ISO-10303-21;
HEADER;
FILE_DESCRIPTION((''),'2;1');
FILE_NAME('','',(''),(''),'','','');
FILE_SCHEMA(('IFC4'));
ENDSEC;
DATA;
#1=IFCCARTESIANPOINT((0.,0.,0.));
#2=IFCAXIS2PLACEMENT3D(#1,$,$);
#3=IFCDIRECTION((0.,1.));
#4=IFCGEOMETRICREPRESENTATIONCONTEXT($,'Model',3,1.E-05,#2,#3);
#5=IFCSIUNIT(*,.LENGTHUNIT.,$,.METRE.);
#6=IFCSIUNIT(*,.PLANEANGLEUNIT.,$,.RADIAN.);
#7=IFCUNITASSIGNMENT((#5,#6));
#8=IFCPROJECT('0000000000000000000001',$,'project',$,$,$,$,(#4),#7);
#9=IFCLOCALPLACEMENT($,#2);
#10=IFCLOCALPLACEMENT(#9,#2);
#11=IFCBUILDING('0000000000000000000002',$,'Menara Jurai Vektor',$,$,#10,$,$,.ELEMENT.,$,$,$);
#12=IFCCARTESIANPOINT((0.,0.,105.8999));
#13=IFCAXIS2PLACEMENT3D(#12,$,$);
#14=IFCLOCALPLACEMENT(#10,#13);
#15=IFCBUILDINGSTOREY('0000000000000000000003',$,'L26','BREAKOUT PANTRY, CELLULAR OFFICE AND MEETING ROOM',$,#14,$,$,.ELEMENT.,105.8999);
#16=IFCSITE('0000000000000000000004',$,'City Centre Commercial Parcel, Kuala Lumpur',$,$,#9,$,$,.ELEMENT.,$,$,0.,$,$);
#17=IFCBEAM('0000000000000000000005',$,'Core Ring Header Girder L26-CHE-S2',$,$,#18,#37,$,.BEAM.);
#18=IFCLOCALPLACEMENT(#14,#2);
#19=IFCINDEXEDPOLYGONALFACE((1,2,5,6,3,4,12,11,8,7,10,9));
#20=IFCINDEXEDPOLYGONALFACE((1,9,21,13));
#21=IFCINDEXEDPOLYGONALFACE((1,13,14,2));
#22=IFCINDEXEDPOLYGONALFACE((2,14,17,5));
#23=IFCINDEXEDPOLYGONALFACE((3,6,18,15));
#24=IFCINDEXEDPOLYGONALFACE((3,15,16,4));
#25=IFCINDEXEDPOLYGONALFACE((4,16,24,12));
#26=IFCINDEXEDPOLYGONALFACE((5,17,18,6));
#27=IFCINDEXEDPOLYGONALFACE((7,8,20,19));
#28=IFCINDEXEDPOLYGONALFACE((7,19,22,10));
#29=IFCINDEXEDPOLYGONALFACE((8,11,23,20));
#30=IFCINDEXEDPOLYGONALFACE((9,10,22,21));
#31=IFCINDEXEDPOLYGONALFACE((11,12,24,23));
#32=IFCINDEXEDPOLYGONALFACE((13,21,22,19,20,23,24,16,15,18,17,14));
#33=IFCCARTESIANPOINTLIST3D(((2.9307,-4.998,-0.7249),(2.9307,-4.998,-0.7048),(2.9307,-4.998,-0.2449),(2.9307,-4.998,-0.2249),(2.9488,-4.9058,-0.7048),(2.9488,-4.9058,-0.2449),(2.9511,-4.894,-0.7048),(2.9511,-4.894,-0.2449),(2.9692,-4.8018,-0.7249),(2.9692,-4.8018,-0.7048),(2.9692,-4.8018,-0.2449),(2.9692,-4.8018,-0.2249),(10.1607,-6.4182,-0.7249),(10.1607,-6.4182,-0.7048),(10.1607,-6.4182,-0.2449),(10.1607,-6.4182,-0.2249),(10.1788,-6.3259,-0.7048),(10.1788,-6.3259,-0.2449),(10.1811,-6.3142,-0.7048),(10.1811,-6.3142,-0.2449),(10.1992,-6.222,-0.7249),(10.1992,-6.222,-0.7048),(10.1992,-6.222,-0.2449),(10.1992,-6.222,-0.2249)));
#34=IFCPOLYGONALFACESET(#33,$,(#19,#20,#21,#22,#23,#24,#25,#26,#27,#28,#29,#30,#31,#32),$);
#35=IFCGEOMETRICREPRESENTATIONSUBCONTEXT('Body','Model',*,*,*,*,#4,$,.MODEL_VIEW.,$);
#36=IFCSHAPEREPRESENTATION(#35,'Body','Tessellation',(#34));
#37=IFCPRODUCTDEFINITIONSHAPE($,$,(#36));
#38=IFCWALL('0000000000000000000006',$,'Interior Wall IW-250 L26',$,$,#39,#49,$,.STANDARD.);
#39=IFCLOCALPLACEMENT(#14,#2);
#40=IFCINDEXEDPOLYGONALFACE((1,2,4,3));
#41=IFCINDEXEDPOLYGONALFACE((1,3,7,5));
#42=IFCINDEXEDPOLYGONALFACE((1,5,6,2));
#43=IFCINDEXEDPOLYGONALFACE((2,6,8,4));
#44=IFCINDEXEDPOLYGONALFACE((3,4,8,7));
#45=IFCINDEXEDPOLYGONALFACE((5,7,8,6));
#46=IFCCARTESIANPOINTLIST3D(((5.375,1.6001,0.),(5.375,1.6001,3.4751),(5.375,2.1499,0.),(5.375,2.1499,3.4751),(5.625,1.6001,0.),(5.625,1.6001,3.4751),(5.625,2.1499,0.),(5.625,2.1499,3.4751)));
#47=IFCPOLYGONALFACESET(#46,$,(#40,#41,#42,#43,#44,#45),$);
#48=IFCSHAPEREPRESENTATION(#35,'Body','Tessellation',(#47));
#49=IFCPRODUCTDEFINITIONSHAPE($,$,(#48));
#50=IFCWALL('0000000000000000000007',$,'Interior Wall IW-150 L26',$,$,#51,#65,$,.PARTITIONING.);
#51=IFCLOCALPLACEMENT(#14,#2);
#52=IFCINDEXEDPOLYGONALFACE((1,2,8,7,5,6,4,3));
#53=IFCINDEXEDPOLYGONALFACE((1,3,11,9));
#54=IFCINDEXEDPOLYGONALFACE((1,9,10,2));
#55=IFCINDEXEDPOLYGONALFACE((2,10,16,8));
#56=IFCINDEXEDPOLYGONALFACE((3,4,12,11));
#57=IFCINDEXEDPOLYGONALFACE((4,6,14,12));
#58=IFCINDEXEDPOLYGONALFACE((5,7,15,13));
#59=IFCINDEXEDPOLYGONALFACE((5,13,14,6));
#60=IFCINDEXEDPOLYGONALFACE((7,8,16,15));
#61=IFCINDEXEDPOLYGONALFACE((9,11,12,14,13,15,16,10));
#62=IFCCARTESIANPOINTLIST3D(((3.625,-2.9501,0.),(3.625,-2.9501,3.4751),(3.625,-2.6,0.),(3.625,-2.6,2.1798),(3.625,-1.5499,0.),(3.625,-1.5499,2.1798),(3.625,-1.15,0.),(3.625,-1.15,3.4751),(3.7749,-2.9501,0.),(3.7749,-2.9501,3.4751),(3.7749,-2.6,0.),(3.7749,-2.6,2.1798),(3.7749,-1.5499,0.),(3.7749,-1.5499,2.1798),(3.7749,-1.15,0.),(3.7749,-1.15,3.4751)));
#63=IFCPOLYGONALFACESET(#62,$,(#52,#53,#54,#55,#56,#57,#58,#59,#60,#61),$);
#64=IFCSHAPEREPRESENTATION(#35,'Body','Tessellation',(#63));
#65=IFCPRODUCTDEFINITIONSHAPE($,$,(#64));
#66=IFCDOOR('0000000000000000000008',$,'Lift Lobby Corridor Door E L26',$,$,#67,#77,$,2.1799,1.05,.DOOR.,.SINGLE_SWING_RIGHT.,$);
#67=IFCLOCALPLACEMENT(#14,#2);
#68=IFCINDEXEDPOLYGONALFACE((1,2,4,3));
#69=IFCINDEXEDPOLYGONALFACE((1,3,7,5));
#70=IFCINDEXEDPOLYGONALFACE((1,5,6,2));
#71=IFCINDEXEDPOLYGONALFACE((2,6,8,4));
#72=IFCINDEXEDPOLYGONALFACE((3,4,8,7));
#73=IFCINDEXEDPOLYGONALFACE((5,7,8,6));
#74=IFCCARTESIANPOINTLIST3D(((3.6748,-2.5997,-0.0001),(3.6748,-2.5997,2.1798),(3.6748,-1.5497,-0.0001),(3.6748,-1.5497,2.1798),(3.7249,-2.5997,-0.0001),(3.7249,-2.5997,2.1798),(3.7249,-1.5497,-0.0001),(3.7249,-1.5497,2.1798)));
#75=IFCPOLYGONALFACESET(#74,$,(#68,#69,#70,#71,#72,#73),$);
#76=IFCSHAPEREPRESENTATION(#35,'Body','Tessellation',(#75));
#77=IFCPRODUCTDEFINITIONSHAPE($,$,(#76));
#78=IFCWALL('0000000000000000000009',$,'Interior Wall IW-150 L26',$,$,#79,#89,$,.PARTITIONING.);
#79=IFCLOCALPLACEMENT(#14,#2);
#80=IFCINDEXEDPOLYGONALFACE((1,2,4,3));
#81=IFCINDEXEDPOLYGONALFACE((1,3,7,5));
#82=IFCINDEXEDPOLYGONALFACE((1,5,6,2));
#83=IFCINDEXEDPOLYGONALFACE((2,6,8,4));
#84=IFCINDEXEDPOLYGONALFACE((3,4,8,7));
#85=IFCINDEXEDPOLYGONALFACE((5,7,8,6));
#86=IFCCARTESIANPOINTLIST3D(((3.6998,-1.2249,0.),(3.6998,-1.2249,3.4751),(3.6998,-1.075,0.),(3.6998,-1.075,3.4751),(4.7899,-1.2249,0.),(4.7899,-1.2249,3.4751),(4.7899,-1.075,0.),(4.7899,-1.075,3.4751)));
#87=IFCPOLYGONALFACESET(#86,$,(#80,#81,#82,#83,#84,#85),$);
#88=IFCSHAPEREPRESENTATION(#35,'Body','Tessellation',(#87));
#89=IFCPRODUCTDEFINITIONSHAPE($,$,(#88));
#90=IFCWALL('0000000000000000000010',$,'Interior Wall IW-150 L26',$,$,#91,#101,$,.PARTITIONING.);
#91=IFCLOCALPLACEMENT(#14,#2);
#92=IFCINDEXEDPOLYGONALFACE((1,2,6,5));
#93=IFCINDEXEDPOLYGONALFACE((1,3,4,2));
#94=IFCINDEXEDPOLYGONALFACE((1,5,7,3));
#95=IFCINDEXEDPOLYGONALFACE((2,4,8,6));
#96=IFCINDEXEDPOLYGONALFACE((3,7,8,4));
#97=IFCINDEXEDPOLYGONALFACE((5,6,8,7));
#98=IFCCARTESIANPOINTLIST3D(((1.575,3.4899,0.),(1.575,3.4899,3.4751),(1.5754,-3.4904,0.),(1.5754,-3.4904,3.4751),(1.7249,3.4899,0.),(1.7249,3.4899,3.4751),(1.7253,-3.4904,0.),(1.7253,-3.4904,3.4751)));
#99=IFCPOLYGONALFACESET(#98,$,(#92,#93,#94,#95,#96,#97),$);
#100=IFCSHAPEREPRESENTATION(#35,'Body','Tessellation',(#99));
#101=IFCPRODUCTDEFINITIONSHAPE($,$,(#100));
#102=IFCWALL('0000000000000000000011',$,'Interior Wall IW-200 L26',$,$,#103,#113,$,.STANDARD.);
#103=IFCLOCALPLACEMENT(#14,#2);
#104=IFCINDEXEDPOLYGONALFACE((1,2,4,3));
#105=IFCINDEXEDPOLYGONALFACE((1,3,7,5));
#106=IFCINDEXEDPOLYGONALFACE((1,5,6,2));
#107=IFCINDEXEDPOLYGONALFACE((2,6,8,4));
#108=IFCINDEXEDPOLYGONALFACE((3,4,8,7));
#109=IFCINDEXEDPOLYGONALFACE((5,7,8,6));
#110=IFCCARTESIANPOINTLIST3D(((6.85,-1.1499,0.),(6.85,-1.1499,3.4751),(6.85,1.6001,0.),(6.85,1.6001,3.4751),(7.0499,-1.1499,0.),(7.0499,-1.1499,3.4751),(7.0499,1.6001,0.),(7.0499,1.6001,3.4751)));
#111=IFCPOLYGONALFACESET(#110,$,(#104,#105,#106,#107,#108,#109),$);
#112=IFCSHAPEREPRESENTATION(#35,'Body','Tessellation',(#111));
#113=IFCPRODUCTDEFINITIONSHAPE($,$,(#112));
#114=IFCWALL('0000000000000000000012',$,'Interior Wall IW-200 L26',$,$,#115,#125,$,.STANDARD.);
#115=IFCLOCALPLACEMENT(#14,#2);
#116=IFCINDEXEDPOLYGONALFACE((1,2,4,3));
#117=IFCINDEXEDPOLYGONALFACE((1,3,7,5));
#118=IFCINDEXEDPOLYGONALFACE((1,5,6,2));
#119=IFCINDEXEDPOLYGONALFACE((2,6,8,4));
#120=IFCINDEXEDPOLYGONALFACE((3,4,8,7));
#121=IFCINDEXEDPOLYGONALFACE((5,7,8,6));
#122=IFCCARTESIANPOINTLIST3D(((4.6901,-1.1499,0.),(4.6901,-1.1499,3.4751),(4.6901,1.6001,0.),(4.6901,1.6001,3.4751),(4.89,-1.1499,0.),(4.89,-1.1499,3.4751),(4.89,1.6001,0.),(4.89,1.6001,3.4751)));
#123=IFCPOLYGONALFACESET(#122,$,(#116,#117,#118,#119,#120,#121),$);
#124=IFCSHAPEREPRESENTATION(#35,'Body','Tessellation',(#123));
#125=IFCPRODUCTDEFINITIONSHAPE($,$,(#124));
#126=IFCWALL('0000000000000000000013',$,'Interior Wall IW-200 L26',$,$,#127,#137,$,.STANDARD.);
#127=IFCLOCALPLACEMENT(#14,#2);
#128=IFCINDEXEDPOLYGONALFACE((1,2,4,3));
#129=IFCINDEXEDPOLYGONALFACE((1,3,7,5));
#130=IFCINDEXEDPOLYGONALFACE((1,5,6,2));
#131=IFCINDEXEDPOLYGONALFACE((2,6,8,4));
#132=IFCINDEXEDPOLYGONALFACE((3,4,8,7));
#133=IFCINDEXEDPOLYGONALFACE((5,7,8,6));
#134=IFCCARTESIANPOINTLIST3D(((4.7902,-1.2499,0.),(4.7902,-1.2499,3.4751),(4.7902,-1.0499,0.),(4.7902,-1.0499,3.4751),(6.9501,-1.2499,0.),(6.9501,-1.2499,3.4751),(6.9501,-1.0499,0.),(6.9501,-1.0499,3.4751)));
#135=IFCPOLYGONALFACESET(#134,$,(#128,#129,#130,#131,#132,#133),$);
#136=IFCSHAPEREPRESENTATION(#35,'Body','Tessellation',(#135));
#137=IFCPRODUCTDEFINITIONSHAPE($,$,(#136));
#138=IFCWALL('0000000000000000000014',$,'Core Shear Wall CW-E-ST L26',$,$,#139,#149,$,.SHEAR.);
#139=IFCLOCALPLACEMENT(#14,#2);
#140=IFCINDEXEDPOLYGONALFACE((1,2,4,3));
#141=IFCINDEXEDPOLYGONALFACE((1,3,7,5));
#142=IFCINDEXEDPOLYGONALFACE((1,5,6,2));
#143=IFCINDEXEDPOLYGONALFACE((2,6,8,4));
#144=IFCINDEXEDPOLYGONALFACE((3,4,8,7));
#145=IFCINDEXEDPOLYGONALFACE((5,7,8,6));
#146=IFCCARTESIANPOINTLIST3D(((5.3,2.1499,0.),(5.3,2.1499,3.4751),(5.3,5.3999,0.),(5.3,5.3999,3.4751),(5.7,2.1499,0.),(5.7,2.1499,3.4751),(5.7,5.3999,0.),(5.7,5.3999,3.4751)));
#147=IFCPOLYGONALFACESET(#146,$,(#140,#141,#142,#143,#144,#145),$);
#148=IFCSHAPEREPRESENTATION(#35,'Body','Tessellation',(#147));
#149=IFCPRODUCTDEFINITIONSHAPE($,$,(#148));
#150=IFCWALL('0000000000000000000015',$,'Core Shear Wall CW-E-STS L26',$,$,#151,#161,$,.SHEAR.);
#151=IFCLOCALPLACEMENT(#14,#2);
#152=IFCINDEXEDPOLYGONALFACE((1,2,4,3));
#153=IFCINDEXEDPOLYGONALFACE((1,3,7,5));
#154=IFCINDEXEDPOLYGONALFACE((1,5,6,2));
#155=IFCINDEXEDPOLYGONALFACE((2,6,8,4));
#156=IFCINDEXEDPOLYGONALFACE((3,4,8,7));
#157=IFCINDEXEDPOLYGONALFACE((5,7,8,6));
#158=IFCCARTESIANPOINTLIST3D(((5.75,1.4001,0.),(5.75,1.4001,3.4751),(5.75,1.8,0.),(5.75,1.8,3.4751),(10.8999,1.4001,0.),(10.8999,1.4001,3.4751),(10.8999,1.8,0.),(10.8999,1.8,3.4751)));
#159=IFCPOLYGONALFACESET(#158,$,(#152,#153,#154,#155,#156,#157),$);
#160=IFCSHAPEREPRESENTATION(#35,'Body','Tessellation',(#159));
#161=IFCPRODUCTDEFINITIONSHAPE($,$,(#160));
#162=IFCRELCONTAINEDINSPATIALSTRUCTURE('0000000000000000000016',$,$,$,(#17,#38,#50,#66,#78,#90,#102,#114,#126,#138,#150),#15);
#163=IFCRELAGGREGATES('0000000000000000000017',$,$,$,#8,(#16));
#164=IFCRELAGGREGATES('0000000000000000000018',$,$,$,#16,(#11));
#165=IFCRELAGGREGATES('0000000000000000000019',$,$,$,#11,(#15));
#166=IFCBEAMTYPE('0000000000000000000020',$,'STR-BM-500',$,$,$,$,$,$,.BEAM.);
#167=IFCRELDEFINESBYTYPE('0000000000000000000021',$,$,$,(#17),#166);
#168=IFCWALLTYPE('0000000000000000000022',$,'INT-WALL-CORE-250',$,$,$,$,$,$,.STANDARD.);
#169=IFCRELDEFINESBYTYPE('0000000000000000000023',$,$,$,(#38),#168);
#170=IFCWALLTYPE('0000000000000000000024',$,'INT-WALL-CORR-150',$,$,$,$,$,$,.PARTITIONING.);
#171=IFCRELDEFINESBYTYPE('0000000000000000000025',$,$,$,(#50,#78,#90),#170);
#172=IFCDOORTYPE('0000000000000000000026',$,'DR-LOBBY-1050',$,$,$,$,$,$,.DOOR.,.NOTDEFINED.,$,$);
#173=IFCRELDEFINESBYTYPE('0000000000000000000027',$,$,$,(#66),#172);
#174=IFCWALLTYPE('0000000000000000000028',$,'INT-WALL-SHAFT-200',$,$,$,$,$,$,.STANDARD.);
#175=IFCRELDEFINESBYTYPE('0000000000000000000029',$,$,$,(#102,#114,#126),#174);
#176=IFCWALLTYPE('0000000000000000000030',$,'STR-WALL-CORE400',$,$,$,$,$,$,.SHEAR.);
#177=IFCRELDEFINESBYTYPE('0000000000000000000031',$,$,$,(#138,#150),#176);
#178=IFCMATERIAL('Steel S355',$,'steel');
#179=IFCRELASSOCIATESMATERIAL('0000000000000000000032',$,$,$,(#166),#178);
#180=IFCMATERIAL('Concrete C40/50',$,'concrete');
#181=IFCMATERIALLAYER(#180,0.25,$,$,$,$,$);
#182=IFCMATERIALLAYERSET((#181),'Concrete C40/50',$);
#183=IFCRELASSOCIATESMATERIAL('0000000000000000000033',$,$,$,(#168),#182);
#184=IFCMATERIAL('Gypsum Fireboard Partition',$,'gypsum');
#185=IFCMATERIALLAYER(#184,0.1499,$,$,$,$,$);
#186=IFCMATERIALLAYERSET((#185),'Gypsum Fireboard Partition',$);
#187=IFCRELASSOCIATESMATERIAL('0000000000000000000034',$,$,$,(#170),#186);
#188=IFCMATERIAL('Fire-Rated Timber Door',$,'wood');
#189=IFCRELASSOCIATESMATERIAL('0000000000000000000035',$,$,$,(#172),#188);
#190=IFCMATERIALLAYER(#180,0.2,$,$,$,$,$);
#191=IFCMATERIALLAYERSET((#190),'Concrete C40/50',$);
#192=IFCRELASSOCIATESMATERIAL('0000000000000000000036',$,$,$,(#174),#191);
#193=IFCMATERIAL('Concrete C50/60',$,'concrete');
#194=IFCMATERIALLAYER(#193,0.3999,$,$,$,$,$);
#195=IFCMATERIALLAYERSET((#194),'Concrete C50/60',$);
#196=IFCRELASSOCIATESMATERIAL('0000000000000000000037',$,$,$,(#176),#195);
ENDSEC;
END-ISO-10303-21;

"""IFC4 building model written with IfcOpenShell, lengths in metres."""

from ifc_helpers import new_model, si_unit, direction, frame, frame_2d, origin, origin_2d, place, context, subcontext, project, spatial, rectangle, i_section, extrude, material, layer, layer_set, material_profile, profile_set, type_object, element, fill, save


model = new_model("IFC4")

# Units and contexts
model_context = context("Model", 3, precision=1e-05, world=origin(), true_north=direction((0.0, 1.0)))
body_context = subcontext(model_context, "Body", "Model", "MODEL_VIEW")
ifc_project = project(units=[si_unit("LENGTHUNIT", "METRE"), si_unit("PLANEANGLEUNIT", "RADIAN")], contexts=[model_context])

# Site, building, storey
site_placement = place(None, origin())
site = spatial("IfcSite", under=ifc_project, at=site_placement, Name="City Centre Commercial Parcel, Kuala Lumpur", CompositionType="ELEMENT", RefElevation=0.0)
building_placement = place(site_placement, origin())
building = spatial("IfcBuilding", under=site, at=building_placement, Name="Menara Jurai Vektor", CompositionType="ELEMENT")
storey_placement = place(building_placement, frame((0.0, 0.0, 105.8999)))
storey = spatial("IfcBuildingStorey", under=building, at=storey_placement, Name="L26", Description="BREAKOUT PANTRY, CELLULAR OFFICE AND MEETING ROOM", CompositionType="ELEMENT", Elevation=105.8999)

# Beam
ifc_material_1 = material(Name="Steel S355", Category="steel")
ifc_material_profile = material_profile(ifc_material_1, i_section(OverallWidth=0.2, OverallDepth=0.5, WebThickness=0.012, FlangeThickness=0.02, at=origin_2d()), Name="PG 500x200x96")
ifc_profile_set = profile_set([ifc_material_profile], Name="Steel S355")
beam_type = type_object("IfcBeamType", Name="STR-BM-500", PredefinedType="BEAM", material=ifc_profile_set)
beam_placement = place(storey_placement, frame((2.95, -4.8999, -0.4749), z_axis=(0.981249, -0.192744, 0.0), x_axis=(0.192744, 0.981249, 0.0)))
element("IfcBeam", 1, at=beam_placement, inside=storey, type_object=beam_type, Name="Core Ring Header Girder L26-CHE-S2", PredefinedType="BEAM", context=body_context, shape_type="SweptSolid", body=[
    extrude(i_section(OverallWidth=0.2, OverallDepth=0.5, WebThickness=0.012, FlangeThickness=0.02, at=origin_2d()), origin(), (0.0, 0.0, 1.0), 7.3682),
])

# Wall
ifc_material_2 = material(Name="Concrete C40/50", Category="concrete")
ifc_layer_1 = layer(ifc_material_2, 0.25)
ifc_layer_set_1 = layer_set([ifc_layer_1], Name="Concrete C40/50")
wall_type_1 = type_object("IfcWallType", Name="INT-WALL-CORE-250", PredefinedType="STANDARD", material=ifc_layer_set_1)
wall_1_placement = place(storey_placement, frame((5.5, 1.6001, 0.0), z_axis=(0.0, 0.0, 1.0), x_axis=(0.0, 1.0, 0.0)))
element("IfcWall", 2, at=wall_1_placement, inside=storey, type_object=wall_type_1, Name="Interior Wall IW-250 L26", PredefinedType="STANDARD", context=body_context, shape_type="SweptSolid", body=[
    extrude(rectangle(XDim=0.5498, YDim=0.25, at=frame_2d((0.2749, 0.0))), origin(), (0.0, 0.0, 1.0), 3.4751),
])

# Wall, opening, door
ifc_material_3 = material(Name="Gypsum Fireboard Partition", Category="gypsum")
ifc_layer_2 = layer(ifc_material_3, 0.1499)
ifc_layer_set_2 = layer_set([ifc_layer_2], Name="Gypsum Fireboard Partition")
wall_type_2 = type_object("IfcWallType", Name="INT-WALL-CORR-150", PredefinedType="PARTITIONING", material=ifc_layer_set_2)
wall_2_placement = place(storey_placement, frame((3.7, -2.95, 0.0), z_axis=(0.0, 0.0, 1.0), x_axis=(0.0, 1.0, 0.0)))
wall_2 = element("IfcWall", 3, at=wall_2_placement, inside=storey, type_object=wall_type_2, Name="Interior Wall IW-150 L26", PredefinedType="PARTITIONING", context=body_context, shape_type="SweptSolid", body=[
    extrude(rectangle(XDim=1.8, YDim=0.1499, at=frame_2d((0.8999, 0.0))), origin(), (0.0, 0.0, 1.0), 3.4751),
])
opening_1_placement = place(wall_2_placement, frame((0.3501, 0.0, 0.0)))
opening_1 = element("IfcOpeningElement", 4, at=opening_1_placement, cuts=wall_2, PredefinedType="OPENING", context=body_context, shape_type="SweptSolid", body=[
    extrude(rectangle(XDim=1.05, YDim=2.1799, at=frame_2d((0.5249, 1.0898))), frame((0.0, 0.085, 0.0), z_axis=(0.0, -1.0, 0.0), x_axis=(1.0, 0.0, 0.0)), (0.0, 0.0, 1.0), 0.1699),
])
ifc_material_4 = material(Name="Fire-Rated Timber Door", Category="wood")
door_type_1 = type_object("IfcDoorType", Name="DR-LOBBY-1050", OperationType="NOTDEFINED", PredefinedType="DOOR", material=ifc_material_4)
door_1_placement = place(opening_1_placement, frame((1.05, 0.0, 0.0), z_axis=(0.0, 0.0, 1.0), x_axis=(-1.0, 0.0, 0.0)))
door_1 = element("IfcDoor", 5, at=door_1_placement, inside=storey, type_object=door_type_1, Name="Lift Lobby Corridor Door E L26", OperationType="SINGLE_SWING_RIGHT", OverallHeight=2.1799, OverallWidth=1.05, PredefinedType="DOOR", context=body_context, shape_type="SweptSolid", body=[
    extrude(rectangle(XDim=1.05, YDim=2.1799, at=frame_2d((0.5249, 1.0898))), frame((0.0, 0.0249, 0.0), z_axis=(0.0, -1.0, 0.0), x_axis=(1.0, 0.0, 0.0)), (0.0, 0.0, 1.0), 0.05),
])
fill(opening_1, door_1)

# Walls
wall_3_placement = place(storey_placement, frame((3.7, -1.1499, 0.0), z_axis=(0.0, 0.0, 1.0), x_axis=(1.0, 0.0, 0.0)))
element("IfcWall", 6, at=wall_3_placement, inside=storey, type_object=wall_type_2, Name="Interior Wall IW-150 L26", PredefinedType="PARTITIONING", context=body_context, shape_type="SweptSolid", body=[
    extrude(rectangle(XDim=1.0901, YDim=0.1499, at=frame_2d((0.5449, 0.0))), origin(), (0.0, 0.0, 1.0), 3.4751),
])
wall_4_placement = place(storey_placement, frame((1.6504, -3.4905, 0.0), z_axis=(0.0, 0.0, 1.0), x_axis=(-0.00007, 1.0, 0.0)))
element("IfcWall", 7, at=wall_4_placement, inside=storey, type_object=wall_type_2, Name="Interior Wall IW-150 L26", PredefinedType="PARTITIONING", context=body_context, shape_type="SweptSolid", body=[
    extrude(rectangle(XDim=6.9802, YDim=0.1499, at=frame_2d((3.4902, 0.0))), origin(), (0.0, 0.0, 1.0), 3.4751),
])

# Shared definitions
ifc_layer_3 = layer(ifc_material_2, 0.2)
ifc_layer_set_3 = layer_set([ifc_layer_3], Name="Concrete C40/50")
wall_type_3 = type_object("IfcWallType", Name="INT-WALL-SHAFT-200", PredefinedType="STANDARD", material=ifc_layer_set_3)

# Walls
for number, where, z_axis, x_axis, name in (
    (8, (6.95, -1.1499, 0.0), (0.0, 0.0, 1.0), (0.0, 1.0, 0.0), "Interior Wall IW-200 L26"),
    (9, (4.79, -1.1499, 0.0), (0.0, 0.0, 1.0), (0.0, 1.0, 0.0), "Interior Wall IW-200 L26"),
):
    element("IfcWall", number, at=place(storey_placement, frame(where, z_axis=z_axis, x_axis=x_axis)), inside=storey, type_object=wall_type_3, Name=name, PredefinedType="STANDARD", context=body_context, shape_type="SweptSolid", body=[
        extrude(rectangle(XDim=2.75, YDim=0.2, at=frame_2d((1.375, 0.0))), origin(), (0.0, 0.0, 1.0), 3.4751),
    ])
wall_5_placement = place(storey_placement, frame((4.79, -1.1499, 0.0), z_axis=(0.0, 0.0, 1.0), x_axis=(1.0, 0.0, 0.0)))
element("IfcWall", 10, at=wall_5_placement, inside=storey, type_object=wall_type_3, Name="Interior Wall IW-200 L26", PredefinedType="STANDARD", context=body_context, shape_type="SweptSolid", body=[
    extrude(rectangle(XDim=2.1599, YDim=0.2, at=frame_2d((1.0801, 0.0))), origin(), (0.0, 0.0, 1.0), 3.4751),
])

# Walls
ifc_material_5 = material(Name="Concrete C50/60", Category="concrete")
ifc_layer_4 = layer(ifc_material_5, 0.3999)
ifc_layer_set_4 = layer_set([ifc_layer_4], Name="Concrete C50/60")
wall_type_4 = type_object("IfcWallType", Name="STR-WALL-CORE400", PredefinedType="SHEAR", material=ifc_layer_set_4)
wall_6_placement = place(storey_placement, frame((5.5, 2.1499, 0.0), z_axis=(0.0, 0.0, 1.0), x_axis=(0.0, 1.0, 0.0)))
element("IfcWall", 11, at=wall_6_placement, inside=storey, type_object=wall_type_4, Name="Core Shear Wall CW-E-ST L26", PredefinedType="SHEAR", context=body_context, shape_type="SweptSolid", body=[
    extrude(rectangle(XDim=3.25, YDim=0.3999, at=frame_2d((1.625, 0.0))), origin(), (0.0, 0.0, 1.0), 3.4751),
])
wall_7_placement = place(storey_placement, frame((5.75, 1.6001, 0.0), z_axis=(0.0, 0.0, 1.0), x_axis=(1.0, 0.0, 0.0)))
element("IfcWall", 12, at=wall_7_placement, inside=storey, type_object=wall_type_4, Name="Core Shear Wall CW-E-STS L26", PredefinedType="SHEAR", context=body_context, shape_type="SweptSolid", body=[
    extrude(rectangle(XDim=5.1499, YDim=0.3999, at=frame_2d((2.575, 0.0))), origin(), (0.0, 0.0, 1.0), 3.4751),
])

save(model, "model.ifc")
